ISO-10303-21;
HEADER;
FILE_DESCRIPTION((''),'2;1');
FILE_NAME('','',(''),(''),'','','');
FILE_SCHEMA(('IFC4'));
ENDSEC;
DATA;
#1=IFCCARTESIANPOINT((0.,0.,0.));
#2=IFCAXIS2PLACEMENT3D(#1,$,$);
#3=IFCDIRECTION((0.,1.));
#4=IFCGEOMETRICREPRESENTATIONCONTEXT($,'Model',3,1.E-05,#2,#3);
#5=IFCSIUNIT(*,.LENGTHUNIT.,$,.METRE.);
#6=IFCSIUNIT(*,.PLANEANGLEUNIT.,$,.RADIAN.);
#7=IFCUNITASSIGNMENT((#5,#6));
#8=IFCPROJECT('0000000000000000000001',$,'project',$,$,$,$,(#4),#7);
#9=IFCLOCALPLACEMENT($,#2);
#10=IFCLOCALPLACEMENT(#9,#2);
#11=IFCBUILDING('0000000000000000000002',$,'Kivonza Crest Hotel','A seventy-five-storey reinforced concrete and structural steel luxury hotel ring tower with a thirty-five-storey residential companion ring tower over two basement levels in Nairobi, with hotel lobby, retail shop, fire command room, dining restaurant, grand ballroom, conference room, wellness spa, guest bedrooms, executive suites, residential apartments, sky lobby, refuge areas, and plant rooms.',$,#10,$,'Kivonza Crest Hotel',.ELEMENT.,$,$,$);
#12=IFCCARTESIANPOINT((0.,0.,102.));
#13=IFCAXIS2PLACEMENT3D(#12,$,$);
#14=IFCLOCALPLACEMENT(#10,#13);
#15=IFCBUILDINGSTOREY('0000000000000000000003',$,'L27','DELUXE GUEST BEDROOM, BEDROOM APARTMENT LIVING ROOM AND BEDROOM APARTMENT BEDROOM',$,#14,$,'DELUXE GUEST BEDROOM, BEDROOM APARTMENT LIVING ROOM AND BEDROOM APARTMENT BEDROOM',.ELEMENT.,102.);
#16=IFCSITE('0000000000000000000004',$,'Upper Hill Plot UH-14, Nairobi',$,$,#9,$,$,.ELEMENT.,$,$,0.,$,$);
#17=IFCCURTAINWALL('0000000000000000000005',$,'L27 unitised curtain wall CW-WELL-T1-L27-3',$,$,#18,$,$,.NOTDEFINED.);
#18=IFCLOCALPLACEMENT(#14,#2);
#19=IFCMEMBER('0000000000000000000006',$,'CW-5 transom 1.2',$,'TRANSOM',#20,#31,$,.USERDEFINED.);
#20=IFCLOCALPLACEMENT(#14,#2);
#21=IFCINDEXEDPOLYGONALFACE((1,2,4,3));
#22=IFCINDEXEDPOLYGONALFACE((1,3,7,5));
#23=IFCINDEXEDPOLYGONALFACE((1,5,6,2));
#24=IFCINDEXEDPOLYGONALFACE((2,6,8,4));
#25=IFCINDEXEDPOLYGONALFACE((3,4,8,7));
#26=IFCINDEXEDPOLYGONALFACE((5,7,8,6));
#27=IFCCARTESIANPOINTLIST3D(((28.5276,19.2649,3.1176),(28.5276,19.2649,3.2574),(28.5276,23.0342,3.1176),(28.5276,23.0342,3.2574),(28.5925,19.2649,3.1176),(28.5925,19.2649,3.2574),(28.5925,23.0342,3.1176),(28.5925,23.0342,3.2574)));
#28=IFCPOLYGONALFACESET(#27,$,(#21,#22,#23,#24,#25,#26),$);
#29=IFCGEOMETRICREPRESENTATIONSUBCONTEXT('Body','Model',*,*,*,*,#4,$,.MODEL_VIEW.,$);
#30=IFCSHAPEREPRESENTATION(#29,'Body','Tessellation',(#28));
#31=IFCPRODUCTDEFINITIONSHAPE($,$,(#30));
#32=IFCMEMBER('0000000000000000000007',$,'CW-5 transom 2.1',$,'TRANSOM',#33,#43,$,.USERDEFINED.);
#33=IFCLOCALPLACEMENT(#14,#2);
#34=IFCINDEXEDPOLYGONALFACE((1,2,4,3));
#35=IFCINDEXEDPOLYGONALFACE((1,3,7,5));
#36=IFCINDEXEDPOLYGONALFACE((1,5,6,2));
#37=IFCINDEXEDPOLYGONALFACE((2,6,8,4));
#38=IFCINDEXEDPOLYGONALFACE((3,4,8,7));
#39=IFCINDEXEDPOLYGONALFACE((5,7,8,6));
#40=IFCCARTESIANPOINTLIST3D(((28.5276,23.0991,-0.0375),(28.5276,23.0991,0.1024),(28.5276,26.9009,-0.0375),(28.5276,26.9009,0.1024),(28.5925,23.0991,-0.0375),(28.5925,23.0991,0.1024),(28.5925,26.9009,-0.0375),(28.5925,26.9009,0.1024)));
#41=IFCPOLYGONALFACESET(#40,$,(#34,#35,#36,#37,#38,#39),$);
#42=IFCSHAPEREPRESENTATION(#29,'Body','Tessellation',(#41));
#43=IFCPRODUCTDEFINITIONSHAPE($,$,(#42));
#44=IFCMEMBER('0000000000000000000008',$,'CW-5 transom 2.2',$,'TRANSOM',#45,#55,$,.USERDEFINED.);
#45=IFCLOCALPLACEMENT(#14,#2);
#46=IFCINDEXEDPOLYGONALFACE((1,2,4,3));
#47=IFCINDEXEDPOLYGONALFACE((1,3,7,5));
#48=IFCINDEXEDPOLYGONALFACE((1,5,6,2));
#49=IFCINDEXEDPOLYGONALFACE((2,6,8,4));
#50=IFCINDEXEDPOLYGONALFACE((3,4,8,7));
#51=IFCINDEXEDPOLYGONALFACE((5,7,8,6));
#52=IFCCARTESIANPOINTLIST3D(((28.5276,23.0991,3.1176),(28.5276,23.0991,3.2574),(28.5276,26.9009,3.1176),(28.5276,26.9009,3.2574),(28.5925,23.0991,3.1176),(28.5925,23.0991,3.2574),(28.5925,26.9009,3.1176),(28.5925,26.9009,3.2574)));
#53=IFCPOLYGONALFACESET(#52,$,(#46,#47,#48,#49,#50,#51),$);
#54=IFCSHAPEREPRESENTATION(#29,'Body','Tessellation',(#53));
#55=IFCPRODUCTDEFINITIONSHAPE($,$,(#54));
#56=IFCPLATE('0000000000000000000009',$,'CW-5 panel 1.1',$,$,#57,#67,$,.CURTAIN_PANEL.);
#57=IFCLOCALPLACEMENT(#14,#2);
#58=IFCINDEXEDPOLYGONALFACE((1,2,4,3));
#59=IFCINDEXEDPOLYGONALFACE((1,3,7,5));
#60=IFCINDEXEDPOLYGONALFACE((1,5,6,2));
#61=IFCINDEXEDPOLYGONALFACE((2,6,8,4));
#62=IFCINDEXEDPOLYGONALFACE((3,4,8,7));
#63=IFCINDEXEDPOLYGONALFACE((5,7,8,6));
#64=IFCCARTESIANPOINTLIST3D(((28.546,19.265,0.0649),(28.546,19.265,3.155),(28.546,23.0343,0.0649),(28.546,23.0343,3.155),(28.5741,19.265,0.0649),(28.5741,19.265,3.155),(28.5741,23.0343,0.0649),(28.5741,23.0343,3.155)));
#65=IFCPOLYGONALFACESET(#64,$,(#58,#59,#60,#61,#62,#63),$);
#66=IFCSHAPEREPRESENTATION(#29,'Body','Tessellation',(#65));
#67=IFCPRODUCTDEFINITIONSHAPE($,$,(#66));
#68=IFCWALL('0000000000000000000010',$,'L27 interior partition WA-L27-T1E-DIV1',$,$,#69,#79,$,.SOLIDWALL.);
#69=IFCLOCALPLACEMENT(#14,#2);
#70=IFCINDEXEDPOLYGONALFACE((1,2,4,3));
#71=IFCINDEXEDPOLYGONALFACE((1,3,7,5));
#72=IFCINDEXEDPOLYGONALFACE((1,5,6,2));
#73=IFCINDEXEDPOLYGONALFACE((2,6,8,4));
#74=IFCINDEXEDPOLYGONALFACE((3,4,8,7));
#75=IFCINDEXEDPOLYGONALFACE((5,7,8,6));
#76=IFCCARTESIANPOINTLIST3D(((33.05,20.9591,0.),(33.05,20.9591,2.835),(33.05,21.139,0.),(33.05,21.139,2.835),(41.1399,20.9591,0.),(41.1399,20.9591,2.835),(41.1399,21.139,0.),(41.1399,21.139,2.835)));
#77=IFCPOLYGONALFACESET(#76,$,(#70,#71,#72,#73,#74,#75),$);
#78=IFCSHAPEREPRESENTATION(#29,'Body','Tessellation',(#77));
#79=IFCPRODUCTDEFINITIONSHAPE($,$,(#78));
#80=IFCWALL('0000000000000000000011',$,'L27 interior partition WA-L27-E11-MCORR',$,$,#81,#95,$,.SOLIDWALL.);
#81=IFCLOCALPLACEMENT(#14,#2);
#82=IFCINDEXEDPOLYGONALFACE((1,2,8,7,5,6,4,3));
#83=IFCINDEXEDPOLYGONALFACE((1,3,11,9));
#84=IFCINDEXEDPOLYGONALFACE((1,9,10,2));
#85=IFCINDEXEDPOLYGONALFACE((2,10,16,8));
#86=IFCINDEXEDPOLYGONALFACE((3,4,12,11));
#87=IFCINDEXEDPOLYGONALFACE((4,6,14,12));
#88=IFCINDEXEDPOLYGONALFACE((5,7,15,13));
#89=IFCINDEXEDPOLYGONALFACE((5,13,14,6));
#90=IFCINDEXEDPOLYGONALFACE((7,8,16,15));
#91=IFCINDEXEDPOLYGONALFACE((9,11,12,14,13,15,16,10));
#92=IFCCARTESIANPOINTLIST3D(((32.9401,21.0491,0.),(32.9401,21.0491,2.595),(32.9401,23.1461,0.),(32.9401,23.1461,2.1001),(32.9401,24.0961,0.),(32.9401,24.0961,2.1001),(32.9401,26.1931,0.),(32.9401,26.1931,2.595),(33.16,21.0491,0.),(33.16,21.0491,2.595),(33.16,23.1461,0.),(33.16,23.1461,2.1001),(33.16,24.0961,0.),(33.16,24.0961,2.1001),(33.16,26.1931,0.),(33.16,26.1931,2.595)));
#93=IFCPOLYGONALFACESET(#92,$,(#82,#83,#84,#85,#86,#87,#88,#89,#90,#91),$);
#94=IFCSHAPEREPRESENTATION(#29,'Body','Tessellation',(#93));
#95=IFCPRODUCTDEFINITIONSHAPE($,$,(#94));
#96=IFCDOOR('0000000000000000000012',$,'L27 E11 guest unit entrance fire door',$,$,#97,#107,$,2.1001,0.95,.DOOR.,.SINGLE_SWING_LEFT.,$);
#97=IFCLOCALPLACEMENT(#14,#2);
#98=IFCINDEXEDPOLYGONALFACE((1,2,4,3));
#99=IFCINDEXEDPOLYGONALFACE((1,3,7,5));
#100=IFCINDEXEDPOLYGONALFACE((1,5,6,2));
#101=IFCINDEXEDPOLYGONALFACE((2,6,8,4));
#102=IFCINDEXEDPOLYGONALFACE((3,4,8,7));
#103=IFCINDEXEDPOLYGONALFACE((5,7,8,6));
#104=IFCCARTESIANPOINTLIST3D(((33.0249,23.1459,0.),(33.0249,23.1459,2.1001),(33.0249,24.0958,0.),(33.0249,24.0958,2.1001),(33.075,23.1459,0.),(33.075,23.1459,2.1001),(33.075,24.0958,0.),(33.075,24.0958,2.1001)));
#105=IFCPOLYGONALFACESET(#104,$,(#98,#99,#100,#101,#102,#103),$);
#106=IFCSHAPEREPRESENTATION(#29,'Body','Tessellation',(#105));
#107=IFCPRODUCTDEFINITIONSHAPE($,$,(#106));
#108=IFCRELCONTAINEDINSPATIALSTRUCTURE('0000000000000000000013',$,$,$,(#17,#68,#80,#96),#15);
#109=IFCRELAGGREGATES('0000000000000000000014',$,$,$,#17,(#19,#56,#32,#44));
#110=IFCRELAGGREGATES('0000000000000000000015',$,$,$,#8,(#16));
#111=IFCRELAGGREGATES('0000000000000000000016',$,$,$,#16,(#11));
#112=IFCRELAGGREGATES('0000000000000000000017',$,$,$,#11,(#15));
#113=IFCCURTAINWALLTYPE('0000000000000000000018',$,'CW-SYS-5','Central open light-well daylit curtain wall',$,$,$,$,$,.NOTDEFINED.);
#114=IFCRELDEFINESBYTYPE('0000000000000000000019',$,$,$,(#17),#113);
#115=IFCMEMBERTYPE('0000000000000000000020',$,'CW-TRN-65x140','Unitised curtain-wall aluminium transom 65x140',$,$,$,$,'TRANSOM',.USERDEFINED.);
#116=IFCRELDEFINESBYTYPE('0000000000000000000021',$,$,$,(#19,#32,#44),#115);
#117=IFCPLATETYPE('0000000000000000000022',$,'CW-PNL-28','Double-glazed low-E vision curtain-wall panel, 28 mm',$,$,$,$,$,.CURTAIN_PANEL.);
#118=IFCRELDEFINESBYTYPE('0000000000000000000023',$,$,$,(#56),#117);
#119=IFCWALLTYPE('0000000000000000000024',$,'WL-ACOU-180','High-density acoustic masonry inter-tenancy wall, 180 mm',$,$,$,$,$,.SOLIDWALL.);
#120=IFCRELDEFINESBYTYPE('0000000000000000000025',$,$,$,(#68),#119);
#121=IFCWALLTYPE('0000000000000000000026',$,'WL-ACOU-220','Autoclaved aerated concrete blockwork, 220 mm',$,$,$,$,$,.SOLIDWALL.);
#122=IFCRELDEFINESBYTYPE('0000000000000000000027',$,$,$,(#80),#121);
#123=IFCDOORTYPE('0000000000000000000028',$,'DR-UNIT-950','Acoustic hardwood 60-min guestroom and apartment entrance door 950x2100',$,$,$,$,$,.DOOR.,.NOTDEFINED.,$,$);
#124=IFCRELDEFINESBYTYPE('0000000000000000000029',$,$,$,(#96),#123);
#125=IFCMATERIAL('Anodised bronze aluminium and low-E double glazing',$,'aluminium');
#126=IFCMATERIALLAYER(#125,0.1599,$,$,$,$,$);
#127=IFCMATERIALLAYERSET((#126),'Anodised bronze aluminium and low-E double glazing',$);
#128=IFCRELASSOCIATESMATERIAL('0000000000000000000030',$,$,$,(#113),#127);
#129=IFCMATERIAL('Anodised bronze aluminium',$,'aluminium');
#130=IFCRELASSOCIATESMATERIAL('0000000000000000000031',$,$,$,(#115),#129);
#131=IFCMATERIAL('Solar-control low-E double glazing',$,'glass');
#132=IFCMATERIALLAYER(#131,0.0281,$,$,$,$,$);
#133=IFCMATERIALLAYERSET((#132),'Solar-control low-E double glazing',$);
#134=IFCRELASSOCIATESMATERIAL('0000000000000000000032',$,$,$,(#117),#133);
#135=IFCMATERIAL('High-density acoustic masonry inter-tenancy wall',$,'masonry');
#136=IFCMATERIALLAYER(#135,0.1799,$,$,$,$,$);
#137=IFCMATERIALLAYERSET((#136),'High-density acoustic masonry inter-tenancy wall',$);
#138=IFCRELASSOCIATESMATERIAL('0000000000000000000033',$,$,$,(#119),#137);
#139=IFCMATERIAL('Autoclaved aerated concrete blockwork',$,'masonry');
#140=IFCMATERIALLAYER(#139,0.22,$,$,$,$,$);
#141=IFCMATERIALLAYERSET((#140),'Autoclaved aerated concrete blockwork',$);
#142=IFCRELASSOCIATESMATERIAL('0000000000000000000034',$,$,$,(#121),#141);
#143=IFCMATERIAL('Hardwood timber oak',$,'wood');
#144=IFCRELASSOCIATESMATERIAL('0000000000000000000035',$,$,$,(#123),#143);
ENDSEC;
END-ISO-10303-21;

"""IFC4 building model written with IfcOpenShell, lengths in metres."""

from ifc_helpers import new_model, si_unit, direction, frame, frame_2d, origin, origin_2d, place, context, subcontext, project, spatial, rectangle, extrude, material, layer, layer_set, material_profile, profile_set, type_object, element, fill, aggregate, save


model = new_model("IFC4")

# Units and contexts
model_context = context("Model", 3, precision=1e-05, world=origin(), true_north=direction((0.0, 1.0)))
body_context = subcontext(model_context, "Body", "Model", "MODEL_VIEW")
ifc_project = project(units=[si_unit("LENGTHUNIT", "METRE"), si_unit("PLANEANGLEUNIT", "RADIAN")], contexts=[model_context])

# Site, building, storey
site_placement = place(None, origin())
site = spatial("IfcSite", under=ifc_project, at=site_placement, Name="Upper Hill Plot UH-14, Nairobi", CompositionType="ELEMENT", RefElevation=0.0)
building_placement = place(site_placement, origin())
building = spatial("IfcBuilding", under=site, at=building_placement, Name="Kivonza Crest Hotel", Description="A seventy-five-storey reinforced concrete and structural steel luxury hotel ring tower with a thirty-five-storey residential companion ring tower over two basement levels in Nairobi, with hotel lobby, retail shop, fire command room, dining restaurant, grand ballroom, conference room, wellness spa, guest bedrooms, executive suites, residential apartments, sky lobby, refuge areas, and plant rooms.", LongName="Kivonza Crest Hotel", CompositionType="ELEMENT")
storey_placement = place(building_placement, frame((0.0, 0.0, 102.0)))
storey = spatial("IfcBuildingStorey", under=building, at=storey_placement, Name="L27", Description="DELUXE GUEST BEDROOM, BEDROOM APARTMENT LIVING ROOM AND BEDROOM APARTMENT BEDROOM", LongName="DELUXE GUEST BEDROOM, BEDROOM APARTMENT LIVING ROOM AND BEDROOM APARTMENT BEDROOM", CompositionType="ELEMENT", Elevation=102.0)

# Curtain wall, members, plate
ifc_material_1 = material(Name="Anodised bronze aluminium and low-E double glazing", Category="aluminium")
ifc_layer_1 = layer(ifc_material_1, 0.1599)
ifc_layer_set_1 = layer_set([ifc_layer_1], Name="Anodised bronze aluminium and low-E double glazing")
curtain_wall_type = type_object("IfcCurtainWallType", Name="CW-SYS-5", Description="Central open light-well daylit curtain wall", PredefinedType="NOTDEFINED", material=ifc_layer_set_1)
curtain_wall_placement = place(storey_placement, origin())
curtain_wall = element("IfcCurtainWall", 1, at=curtain_wall_placement, inside=storey, type_object=curtain_wall_type, Name="L27 unitised curtain wall CW-WELL-T1-L27-3", PredefinedType="NOTDEFINED")
ifc_material_2 = material(Name="Anodised bronze aluminium", Category="aluminium")
ifc_material_profile_1 = material_profile(ifc_material_2, rectangle(XDim=0.0649, YDim=0.1399, at=origin_2d()), Name="CW-T 65x140")
ifc_profile_set_1 = profile_set([ifc_material_profile_1], Name="Anodised bronze aluminium")
member_type_1 = type_object("IfcMemberType", Name="CW-TRN-65x140", Description="Unitised curtain-wall aluminium transom 65x140", ElementType="TRANSOM", PredefinedType="USERDEFINED", material=ifc_profile_set_1)
member_1_placement = place(storey_placement, frame((28.5601, 19.2649, 3.1875), z_axis=(0.0, 1.0, 0.0), x_axis=(-1.0, 0.0, 0.0)))
member_1 = element("IfcMember", 2, at=member_1_placement, type_object=member_type_1, Name="CW-5 transom 1.2", ObjectType="TRANSOM", PredefinedType="USERDEFINED", context=body_context, shape_type="SweptSolid", body=[
    extrude(rectangle(XDim=0.0649, YDim=0.1399, at=origin_2d()), origin(), (0.0, 0.0, 1.0), 3.7693),
])
member_2_placement = place(storey_placement, frame((28.5601, 23.0991, 0.0325), z_axis=(0.0, 1.0, 0.0), x_axis=(-1.0, 0.0, 0.0)))
member_2 = element("IfcMember", 3, at=member_2_placement, type_object=member_type_1, Name="CW-5 transom 2.1", ObjectType="TRANSOM", PredefinedType="USERDEFINED", context=body_context, shape_type="SweptSolid", body=[
    extrude(rectangle(XDim=0.0649, YDim=0.1399, at=origin_2d()), origin(), (0.0, 0.0, 1.0), 3.8018),
])
member_3_placement = place(storey_placement, frame((28.5601, 23.0991, 3.1875), z_axis=(0.0, 1.0, 0.0), x_axis=(-1.0, 0.0, 0.0)))
member_3 = element("IfcMember", 4, at=member_3_placement, type_object=member_type_1, Name="CW-5 transom 2.2", ObjectType="TRANSOM", PredefinedType="USERDEFINED", context=body_context, shape_type="SweptSolid", body=[
    extrude(rectangle(XDim=0.0649, YDim=0.1399, at=origin_2d()), origin(), (0.0, 0.0, 1.0), 3.8018),
])
ifc_material_3 = material(Name="Solar-control low-E double glazing", Category="glass")
ifc_layer_2 = layer(ifc_material_3, 0.0281)
ifc_layer_set_2 = layer_set([ifc_layer_2], Name="Solar-control low-E double glazing")
plate_type = type_object("IfcPlateType", Name="CW-PNL-28", Description="Double-glazed low-E vision curtain-wall panel, 28 mm", PredefinedType="CURTAIN_PANEL", material=ifc_layer_set_2)
plate_placement = place(storey_placement, frame((28.5601, 21.1497, 0.0649), z_axis=(0.0, 0.0, 1.0), x_axis=(0.0, 1.0, 0.0)))
plate = element("IfcPlate", 5, at=plate_placement, type_object=plate_type, Name="CW-5 panel 1.1", PredefinedType="CURTAIN_PANEL", context=body_context, shape_type="SweptSolid", body=[
    extrude(rectangle(XDim=3.7693, YDim=0.0281, at=origin_2d()), origin(), (0.0, 0.0, 1.0), 3.0901),
])
aggregate(curtain_wall, [member_1, plate, member_2, member_3])

# Wall
ifc_material_4 = material(Name="High-density acoustic masonry inter-tenancy wall", Category="masonry")
ifc_layer_3 = layer(ifc_material_4, 0.1799)
ifc_layer_set_3 = layer_set([ifc_layer_3], Name="High-density acoustic masonry inter-tenancy wall")
wall_type_1 = type_object("IfcWallType", Name="WL-ACOU-180", Description="High-density acoustic masonry inter-tenancy wall, 180 mm", PredefinedType="SOLIDWALL", material=ifc_layer_set_3)
wall_1_placement = place(storey_placement, frame((33.05, 21.0491, 0.0), z_axis=(0.0, 0.0, 1.0), x_axis=(1.0, 0.0, 0.0)))
element("IfcWall", 6, at=wall_1_placement, inside=storey, type_object=wall_type_1, Name="L27 interior partition WA-L27-T1E-DIV1", PredefinedType="SOLIDWALL", context=body_context, shape_type="SweptSolid", body=[
    extrude(rectangle(XDim=8.0898, YDim=0.1799, at=frame_2d((4.0449, 0.0))), origin(), (0.0, 0.0, 1.0), 2.835),
])

# Wall, opening, door
ifc_material_5 = material(Name="Autoclaved aerated concrete blockwork", Category="masonry")
ifc_layer_4 = layer(ifc_material_5, 0.22)
ifc_layer_set_4 = layer_set([ifc_layer_4], Name="Autoclaved aerated concrete blockwork")
wall_type_2 = type_object("IfcWallType", Name="WL-ACOU-220", Description="Autoclaved aerated concrete blockwork, 220 mm", PredefinedType="SOLIDWALL", material=ifc_layer_set_4)
wall_2_placement = place(storey_placement, frame((33.05, 21.0491, 0.0), z_axis=(0.0, 0.0, 1.0), x_axis=(0.0, 1.0, 0.0)))
wall_2 = element("IfcWall", 7, at=wall_2_placement, inside=storey, type_object=wall_type_2, Name="L27 interior partition WA-L27-E11-MCORR", PredefinedType="SOLIDWALL", context=body_context, shape_type="SweptSolid", body=[
    extrude(rectangle(XDim=5.144, YDim=0.22, at=frame_2d((2.572, 0.0))), origin(), (0.0, 0.0, 1.0), 2.595),
])
opening_placement = place(wall_2_placement, frame((2.0969, 0.0, 0.0)))
opening = element("IfcOpeningElement", 8, at=opening_placement, cuts=wall_2, PredefinedType="OPENING", context=body_context, shape_type="SweptSolid", body=[
    extrude(rectangle(XDim=0.95, YDim=2.1001, at=frame_2d((0.4751, 1.05))), frame((0.0, 0.1201, 0.0), z_axis=(0.0, -1.0, 0.0), x_axis=(1.0, 0.0, 0.0)), (0.0, 0.0, 1.0), 0.24),
])
ifc_material_6 = material(Name="Hardwood timber oak", Category="wood")
door_type = type_object("IfcDoorType", Name="DR-UNIT-950", Description="Acoustic hardwood 60-min guestroom and apartment entrance door 950x2100", OperationType="NOTDEFINED", PredefinedType="DOOR", material=ifc_material_6)
door_placement = place(opening_placement, frame((0.95, 0.0, 0.0), z_axis=(0.0, 0.0, 1.0), x_axis=(-1.0, 0.0, 0.0)))
door = element("IfcDoor", 9, at=door_placement, inside=storey, type_object=door_type, Name="L27 E11 guest unit entrance fire door", OperationType="SINGLE_SWING_LEFT", OverallHeight=2.1001, OverallWidth=0.95, PredefinedType="DOOR", context=body_context, shape_type="SweptSolid", body=[
    extrude(rectangle(XDim=0.95, YDim=2.1001, at=frame_2d((0.4751, 1.05))), frame((0.0, 0.0249, 0.0), z_axis=(0.0, -1.0, 0.0), x_axis=(1.0, 0.0, 0.0)), (0.0, 0.0, 1.0), 0.05),
])
fill(opening, door)

save(model, "model.ifc")
